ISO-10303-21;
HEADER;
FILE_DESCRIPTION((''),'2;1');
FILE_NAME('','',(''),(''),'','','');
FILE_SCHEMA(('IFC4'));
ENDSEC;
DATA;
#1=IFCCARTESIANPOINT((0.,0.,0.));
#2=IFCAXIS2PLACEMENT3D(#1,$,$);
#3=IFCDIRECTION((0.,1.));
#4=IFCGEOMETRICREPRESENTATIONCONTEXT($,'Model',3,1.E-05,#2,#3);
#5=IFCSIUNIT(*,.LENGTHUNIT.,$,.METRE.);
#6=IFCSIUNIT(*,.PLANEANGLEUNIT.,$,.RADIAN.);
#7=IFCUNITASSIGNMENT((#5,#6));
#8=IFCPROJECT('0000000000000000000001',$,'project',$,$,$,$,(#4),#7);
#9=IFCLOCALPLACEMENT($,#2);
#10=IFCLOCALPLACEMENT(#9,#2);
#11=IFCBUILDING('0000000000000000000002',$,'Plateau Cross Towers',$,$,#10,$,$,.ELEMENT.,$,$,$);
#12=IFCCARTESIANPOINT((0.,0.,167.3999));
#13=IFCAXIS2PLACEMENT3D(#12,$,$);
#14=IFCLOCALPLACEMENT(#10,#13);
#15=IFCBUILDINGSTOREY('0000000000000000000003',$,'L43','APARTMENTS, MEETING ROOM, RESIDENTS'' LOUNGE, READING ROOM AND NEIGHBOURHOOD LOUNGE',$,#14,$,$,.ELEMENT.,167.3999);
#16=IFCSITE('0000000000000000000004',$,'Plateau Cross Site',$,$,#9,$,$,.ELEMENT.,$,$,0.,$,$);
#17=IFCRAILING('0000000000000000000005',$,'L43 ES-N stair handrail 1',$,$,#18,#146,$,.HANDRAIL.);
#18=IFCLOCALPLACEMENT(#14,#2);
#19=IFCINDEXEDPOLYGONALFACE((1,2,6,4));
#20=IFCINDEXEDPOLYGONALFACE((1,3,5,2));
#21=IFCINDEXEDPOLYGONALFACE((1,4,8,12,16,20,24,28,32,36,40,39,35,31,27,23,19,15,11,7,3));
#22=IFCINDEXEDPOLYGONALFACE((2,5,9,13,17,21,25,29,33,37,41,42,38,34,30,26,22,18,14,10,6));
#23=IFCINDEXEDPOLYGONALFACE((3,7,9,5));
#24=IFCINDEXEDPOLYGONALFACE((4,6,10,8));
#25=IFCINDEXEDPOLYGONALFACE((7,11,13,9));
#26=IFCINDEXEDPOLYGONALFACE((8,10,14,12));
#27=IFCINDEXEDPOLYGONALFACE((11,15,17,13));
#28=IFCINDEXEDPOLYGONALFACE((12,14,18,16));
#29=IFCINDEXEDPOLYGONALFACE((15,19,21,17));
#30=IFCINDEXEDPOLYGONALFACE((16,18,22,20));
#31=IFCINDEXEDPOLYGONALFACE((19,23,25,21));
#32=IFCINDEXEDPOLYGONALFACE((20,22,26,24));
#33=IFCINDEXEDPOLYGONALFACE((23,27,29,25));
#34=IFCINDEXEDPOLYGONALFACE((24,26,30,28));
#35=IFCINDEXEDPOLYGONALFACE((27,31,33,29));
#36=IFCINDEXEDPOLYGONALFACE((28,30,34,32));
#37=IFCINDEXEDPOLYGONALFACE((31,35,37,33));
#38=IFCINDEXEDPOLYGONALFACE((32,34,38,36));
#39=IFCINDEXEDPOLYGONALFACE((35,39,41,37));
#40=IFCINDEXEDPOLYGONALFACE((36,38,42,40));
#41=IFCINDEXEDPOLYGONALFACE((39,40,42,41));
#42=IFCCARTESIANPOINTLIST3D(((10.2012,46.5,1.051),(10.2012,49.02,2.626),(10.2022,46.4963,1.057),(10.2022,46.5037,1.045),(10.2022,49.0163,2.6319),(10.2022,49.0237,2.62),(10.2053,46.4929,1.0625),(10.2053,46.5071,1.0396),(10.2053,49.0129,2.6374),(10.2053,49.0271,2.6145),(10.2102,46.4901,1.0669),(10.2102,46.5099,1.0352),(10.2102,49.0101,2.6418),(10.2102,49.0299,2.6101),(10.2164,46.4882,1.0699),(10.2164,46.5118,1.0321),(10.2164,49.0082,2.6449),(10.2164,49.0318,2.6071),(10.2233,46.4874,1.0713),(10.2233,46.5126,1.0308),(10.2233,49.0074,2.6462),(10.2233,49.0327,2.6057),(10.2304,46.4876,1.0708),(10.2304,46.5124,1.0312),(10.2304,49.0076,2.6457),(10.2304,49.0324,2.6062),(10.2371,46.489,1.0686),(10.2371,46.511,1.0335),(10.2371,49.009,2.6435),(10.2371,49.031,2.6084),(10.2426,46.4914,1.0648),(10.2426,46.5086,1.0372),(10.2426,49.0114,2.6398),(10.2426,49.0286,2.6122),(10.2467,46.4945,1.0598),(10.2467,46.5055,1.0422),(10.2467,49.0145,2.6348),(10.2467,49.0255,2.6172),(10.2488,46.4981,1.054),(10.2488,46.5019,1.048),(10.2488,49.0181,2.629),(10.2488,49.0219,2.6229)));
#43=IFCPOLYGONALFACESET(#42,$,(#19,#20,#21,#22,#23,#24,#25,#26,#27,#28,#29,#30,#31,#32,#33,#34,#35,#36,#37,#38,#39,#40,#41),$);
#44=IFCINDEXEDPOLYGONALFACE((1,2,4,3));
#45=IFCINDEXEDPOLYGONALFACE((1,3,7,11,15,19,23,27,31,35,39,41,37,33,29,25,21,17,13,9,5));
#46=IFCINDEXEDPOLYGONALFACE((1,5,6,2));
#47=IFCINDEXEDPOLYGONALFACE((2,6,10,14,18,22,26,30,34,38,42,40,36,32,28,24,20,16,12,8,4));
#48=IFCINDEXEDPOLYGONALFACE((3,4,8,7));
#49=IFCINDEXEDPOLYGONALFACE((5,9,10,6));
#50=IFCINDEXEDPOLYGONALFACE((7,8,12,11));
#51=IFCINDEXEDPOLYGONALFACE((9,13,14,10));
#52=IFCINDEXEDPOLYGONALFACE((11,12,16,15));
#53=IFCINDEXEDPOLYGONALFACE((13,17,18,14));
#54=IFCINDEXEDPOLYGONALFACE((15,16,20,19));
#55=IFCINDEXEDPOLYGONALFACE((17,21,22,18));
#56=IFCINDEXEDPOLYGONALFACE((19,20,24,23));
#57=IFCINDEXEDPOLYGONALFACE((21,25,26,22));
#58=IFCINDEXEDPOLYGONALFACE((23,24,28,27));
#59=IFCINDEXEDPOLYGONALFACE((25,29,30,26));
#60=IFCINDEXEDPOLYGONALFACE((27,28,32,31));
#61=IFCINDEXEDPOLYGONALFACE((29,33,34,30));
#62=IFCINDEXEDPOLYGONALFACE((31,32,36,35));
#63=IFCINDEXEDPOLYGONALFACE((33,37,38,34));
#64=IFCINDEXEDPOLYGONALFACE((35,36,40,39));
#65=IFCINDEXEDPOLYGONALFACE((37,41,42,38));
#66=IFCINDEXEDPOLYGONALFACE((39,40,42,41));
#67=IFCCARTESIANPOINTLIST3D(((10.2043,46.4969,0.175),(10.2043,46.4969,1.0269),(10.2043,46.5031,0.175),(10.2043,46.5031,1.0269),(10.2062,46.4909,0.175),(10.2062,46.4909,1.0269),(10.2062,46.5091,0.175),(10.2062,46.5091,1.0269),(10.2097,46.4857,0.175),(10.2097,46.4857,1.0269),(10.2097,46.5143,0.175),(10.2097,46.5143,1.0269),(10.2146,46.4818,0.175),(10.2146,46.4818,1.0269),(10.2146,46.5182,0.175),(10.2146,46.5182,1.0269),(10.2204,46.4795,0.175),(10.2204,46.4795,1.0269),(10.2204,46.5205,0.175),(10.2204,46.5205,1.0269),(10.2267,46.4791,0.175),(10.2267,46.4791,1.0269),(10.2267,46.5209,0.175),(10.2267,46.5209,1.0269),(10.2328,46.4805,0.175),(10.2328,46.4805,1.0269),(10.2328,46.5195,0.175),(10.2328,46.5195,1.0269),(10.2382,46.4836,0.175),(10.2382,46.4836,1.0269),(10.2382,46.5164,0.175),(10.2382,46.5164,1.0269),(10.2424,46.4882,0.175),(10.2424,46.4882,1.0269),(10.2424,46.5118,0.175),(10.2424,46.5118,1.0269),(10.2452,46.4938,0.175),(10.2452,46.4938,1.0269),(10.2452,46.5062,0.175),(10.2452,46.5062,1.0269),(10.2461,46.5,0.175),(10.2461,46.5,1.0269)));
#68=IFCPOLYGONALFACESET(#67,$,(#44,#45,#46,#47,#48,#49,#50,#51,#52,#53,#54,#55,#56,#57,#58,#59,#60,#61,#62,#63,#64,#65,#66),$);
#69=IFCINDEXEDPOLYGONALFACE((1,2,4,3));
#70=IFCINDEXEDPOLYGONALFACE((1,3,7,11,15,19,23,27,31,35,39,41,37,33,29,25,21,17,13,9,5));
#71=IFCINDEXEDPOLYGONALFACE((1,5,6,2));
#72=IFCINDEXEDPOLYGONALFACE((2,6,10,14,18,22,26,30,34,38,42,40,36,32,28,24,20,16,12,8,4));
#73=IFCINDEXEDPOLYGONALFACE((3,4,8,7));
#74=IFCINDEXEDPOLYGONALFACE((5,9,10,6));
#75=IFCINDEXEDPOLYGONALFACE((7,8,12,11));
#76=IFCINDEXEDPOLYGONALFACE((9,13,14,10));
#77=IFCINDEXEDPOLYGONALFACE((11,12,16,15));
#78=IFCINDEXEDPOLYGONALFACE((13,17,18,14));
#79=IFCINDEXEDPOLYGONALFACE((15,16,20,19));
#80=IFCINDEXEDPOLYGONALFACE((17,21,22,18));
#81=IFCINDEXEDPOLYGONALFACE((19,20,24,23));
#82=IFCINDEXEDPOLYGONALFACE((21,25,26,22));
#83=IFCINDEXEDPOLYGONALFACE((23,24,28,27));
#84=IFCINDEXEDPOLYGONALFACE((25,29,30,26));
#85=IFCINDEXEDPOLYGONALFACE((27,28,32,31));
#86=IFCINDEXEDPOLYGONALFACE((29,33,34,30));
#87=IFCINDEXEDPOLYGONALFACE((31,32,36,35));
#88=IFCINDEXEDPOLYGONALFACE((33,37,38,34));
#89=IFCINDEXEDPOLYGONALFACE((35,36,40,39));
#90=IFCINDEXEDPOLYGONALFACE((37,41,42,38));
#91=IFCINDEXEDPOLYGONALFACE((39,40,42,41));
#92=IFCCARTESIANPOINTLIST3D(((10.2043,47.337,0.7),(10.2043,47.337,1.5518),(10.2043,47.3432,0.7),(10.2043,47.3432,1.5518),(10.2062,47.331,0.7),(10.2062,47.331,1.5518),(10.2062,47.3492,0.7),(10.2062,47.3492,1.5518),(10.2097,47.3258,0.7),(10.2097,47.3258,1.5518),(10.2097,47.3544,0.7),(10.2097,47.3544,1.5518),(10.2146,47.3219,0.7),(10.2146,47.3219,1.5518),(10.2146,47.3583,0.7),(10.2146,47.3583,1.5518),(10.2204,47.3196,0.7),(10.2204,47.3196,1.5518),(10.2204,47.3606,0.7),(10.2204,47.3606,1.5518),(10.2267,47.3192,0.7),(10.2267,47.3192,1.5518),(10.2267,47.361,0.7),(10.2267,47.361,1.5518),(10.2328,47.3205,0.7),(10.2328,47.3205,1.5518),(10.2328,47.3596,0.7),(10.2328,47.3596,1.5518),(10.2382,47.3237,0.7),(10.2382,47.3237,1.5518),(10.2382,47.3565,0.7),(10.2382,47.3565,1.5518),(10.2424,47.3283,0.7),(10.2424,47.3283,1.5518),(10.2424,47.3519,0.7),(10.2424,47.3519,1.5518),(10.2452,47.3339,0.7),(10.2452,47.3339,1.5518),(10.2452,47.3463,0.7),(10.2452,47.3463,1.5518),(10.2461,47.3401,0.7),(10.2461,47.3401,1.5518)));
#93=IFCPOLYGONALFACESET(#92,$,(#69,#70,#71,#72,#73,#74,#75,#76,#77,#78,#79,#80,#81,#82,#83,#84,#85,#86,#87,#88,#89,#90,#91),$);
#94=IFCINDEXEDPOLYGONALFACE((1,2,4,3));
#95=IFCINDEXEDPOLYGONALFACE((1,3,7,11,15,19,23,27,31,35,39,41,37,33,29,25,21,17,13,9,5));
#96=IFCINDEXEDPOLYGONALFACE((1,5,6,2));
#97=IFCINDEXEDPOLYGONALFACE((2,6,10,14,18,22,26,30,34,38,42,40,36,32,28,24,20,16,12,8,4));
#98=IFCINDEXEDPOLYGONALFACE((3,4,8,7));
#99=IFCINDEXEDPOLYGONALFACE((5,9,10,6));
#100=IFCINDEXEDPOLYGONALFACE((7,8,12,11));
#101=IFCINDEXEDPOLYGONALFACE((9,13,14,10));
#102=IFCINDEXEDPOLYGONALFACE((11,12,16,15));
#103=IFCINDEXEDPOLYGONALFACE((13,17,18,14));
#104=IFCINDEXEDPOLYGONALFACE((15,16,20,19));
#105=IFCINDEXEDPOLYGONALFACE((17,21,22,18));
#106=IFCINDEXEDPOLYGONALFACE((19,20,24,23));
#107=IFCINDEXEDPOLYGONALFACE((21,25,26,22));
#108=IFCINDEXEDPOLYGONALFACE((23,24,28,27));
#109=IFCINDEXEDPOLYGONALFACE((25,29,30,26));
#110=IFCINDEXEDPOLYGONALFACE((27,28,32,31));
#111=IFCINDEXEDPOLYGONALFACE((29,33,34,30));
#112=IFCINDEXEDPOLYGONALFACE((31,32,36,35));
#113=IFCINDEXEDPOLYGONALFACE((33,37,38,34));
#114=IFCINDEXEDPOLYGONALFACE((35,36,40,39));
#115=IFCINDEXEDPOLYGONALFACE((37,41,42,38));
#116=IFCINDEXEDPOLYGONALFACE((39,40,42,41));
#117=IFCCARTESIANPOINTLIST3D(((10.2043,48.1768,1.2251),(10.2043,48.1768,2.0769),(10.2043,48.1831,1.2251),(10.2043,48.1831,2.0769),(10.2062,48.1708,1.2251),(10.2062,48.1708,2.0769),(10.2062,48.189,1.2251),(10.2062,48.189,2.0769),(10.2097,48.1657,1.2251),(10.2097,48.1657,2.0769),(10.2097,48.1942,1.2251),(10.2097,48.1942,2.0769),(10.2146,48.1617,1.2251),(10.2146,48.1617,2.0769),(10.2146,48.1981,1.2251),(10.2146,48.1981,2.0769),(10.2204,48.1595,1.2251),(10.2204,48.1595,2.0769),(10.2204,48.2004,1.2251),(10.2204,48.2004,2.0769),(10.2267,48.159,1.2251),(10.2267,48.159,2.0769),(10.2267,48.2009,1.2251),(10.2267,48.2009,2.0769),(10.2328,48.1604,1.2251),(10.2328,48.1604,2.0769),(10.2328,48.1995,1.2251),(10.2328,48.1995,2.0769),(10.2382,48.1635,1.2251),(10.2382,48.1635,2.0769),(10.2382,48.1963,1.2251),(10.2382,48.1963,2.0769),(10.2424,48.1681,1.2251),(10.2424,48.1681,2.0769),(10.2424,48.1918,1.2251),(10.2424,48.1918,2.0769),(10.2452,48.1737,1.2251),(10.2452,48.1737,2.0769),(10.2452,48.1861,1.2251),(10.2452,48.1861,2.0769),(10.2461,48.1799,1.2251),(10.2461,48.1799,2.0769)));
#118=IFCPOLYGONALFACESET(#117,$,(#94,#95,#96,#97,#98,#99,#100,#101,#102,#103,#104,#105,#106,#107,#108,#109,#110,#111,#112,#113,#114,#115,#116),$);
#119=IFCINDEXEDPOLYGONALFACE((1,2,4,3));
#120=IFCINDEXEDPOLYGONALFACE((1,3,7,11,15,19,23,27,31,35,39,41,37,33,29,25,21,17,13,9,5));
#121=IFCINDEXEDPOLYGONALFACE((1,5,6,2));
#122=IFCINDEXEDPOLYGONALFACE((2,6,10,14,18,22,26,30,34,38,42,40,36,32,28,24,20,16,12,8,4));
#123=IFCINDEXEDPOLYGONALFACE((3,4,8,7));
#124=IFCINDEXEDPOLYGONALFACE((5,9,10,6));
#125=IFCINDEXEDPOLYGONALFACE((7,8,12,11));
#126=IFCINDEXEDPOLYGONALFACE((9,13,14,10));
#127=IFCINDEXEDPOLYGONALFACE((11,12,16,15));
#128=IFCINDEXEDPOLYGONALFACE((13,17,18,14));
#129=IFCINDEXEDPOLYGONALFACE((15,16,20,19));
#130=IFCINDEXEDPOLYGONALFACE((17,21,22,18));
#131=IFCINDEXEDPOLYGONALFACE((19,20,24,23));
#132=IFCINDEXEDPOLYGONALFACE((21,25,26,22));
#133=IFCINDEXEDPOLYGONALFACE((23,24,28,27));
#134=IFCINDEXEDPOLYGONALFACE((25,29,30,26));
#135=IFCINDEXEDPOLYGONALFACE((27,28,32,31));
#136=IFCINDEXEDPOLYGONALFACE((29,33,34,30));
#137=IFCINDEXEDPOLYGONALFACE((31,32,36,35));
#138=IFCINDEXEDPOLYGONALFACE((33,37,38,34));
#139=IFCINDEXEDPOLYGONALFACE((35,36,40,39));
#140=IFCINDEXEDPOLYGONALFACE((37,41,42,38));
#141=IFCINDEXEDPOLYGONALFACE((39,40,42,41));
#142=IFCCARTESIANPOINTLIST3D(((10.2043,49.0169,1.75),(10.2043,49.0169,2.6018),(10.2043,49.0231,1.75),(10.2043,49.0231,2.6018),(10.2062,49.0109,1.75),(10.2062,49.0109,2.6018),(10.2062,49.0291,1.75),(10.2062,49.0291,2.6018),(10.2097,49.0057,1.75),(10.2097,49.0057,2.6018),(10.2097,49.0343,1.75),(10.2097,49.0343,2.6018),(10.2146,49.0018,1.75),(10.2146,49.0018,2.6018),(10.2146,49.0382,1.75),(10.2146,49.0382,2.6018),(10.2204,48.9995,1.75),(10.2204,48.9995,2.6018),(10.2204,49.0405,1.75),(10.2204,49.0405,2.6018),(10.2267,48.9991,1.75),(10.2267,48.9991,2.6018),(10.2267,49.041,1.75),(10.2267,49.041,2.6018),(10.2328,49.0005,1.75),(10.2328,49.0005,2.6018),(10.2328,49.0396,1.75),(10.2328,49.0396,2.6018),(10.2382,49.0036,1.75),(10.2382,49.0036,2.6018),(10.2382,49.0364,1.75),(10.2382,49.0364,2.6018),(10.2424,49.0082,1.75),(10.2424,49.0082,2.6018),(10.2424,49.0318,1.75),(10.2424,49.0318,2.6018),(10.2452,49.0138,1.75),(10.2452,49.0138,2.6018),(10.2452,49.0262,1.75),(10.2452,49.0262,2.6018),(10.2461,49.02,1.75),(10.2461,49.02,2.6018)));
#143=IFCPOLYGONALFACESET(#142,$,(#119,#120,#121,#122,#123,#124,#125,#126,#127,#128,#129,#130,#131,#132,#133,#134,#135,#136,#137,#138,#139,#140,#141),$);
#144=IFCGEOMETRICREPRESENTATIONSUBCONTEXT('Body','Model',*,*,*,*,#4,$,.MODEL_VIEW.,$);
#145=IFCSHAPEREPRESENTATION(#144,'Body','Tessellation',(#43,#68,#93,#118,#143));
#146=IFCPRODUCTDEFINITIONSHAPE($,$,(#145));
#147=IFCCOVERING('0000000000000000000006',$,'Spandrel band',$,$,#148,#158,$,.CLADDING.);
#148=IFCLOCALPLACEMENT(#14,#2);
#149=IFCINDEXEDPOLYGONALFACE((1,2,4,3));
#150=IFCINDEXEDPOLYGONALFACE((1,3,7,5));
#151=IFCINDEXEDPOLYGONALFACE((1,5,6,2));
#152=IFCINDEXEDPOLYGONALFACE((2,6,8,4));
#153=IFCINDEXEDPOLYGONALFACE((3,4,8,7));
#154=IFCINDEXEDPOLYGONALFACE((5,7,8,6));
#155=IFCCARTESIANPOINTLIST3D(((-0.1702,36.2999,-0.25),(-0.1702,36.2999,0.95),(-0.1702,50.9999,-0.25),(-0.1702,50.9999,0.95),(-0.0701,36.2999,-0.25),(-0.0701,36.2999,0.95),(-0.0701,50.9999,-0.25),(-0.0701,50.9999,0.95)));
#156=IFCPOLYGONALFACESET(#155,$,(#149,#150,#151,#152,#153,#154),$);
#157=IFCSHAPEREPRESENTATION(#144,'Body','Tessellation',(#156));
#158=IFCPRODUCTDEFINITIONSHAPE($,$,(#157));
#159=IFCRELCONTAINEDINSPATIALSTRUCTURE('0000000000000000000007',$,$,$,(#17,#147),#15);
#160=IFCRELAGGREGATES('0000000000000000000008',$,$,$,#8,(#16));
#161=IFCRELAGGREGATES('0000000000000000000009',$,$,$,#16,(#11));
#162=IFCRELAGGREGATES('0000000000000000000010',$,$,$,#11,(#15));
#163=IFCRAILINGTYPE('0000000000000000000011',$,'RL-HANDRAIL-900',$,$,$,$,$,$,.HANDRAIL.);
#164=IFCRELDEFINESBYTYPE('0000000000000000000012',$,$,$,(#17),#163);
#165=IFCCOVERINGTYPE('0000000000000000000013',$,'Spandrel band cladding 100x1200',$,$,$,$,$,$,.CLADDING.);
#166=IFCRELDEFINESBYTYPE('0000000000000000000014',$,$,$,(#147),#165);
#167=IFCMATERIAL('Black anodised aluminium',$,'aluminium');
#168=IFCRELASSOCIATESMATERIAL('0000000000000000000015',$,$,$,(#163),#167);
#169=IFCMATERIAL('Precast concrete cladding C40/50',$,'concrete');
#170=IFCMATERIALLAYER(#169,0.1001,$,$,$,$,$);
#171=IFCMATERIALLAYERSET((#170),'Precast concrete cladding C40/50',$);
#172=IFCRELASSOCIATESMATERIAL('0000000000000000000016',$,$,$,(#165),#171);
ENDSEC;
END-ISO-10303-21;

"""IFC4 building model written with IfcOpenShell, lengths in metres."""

from ifc_helpers import new_model, si_unit, direction, frame, origin, origin_2d, place, context, subcontext, project, spatial, rectangle, circle, extrude, material, layer, layer_set, type_object, element, save


model = new_model("IFC4")

# Units and contexts
model_context = context("Model", 3, precision=1e-05, world=origin(), true_north=direction((0.0, 1.0)))
body_context = subcontext(model_context, "Body", "Model", "MODEL_VIEW")
ifc_project = project(units=[si_unit("LENGTHUNIT", "METRE"), si_unit("PLANEANGLEUNIT", "RADIAN")], contexts=[model_context])

# Site, building, storey
site_placement = place(None, origin())
site = spatial("IfcSite", under=ifc_project, at=site_placement, Name="Plateau Cross Site", CompositionType="ELEMENT", RefElevation=0.0)
building_placement = place(site_placement, origin())
building = spatial("IfcBuilding", under=site, at=building_placement, Name="Plateau Cross Towers", CompositionType="ELEMENT")
storey_placement = place(building_placement, frame((0.0, 0.0, 167.3999)))
storey = spatial("IfcBuildingStorey", under=building, at=storey_placement, Name="L43", Description="APARTMENTS, MEETING ROOM, RESIDENTS' LOUNGE, READING ROOM AND NEIGHBOURHOOD LOUNGE", CompositionType="ELEMENT", Elevation=167.3999)

# Shared definitions
ifc_material_1 = material(Name="Black anodised aluminium", Category="aluminium")

# Railing
railing_type_1 = type_object("IfcRailingType", Name="RL-HANDRAIL-900", PredefinedType="HANDRAIL", material=ifc_material_1)
railing_1_placement = place(storey_placement, frame((10.2251, 46.5, 0.175)))
element("IfcRailing", 1, at=railing_1_placement, inside=storey, type_object=railing_type_1, Name="L43 ES-N stair handrail 1", PredefinedType="HANDRAIL", context=body_context, shape_type="SweptSolid", body=[
    extrude(circle(Radius=0.0239, at=origin_2d()), frame((0.0, 0.0, 0.876), z_axis=(0.0, 0.848008, 0.529984), x_axis=(-1.0, 0.0, 0.0)), (0.0, 0.0, 1.0), 2.9717),
    extrude(circle(Radius=0.021, at=origin_2d()), origin(), (0.0, 0.0, 1.0), 0.8518),
    extrude(circle(Radius=0.021, at=origin_2d()), frame((0.0, 0.8401, 0.5249)), (0.0, 0.0, 1.0), 0.8518),
    extrude(circle(Radius=0.021, at=origin_2d()), frame((0.0, 1.6799, 1.05)), (0.0, 0.0, 1.0), 0.8518),
    extrude(circle(Radius=0.021, at=origin_2d()), frame((0.0, 2.52, 1.575)), (0.0, 0.0, 1.0), 0.8518),
])

# Covering
ifc_material_2 = material(Name="Precast concrete cladding C40/50", Category="concrete")
ifc_layer_1 = layer(ifc_material_2, 0.1001)
ifc_layer_set_1 = layer_set([ifc_layer_1], Name="Precast concrete cladding C40/50")
covering_type = type_object("IfcCoveringType", Name="Spandrel band cladding 100x1200", PredefinedType="CLADDING", material=ifc_layer_set_1)
covering_placement = place(storey_placement, frame((-0.1201, 43.6499, -0.25), z_axis=(0.0, 0.0, 1.0), x_axis=(0.0, -1.0, 0.0)))
element("IfcCovering", 2, at=covering_placement, inside=storey, type_object=covering_type, Name="Spandrel band", PredefinedType="CLADDING", context=body_context, shape_type="SweptSolid", body=[
    extrude(rectangle(XDim=14.7, YDim=0.1001, at=origin_2d()), origin(), (0.0, 0.0, 1.0), 1.2),
])

save(model, "model.ifc")
